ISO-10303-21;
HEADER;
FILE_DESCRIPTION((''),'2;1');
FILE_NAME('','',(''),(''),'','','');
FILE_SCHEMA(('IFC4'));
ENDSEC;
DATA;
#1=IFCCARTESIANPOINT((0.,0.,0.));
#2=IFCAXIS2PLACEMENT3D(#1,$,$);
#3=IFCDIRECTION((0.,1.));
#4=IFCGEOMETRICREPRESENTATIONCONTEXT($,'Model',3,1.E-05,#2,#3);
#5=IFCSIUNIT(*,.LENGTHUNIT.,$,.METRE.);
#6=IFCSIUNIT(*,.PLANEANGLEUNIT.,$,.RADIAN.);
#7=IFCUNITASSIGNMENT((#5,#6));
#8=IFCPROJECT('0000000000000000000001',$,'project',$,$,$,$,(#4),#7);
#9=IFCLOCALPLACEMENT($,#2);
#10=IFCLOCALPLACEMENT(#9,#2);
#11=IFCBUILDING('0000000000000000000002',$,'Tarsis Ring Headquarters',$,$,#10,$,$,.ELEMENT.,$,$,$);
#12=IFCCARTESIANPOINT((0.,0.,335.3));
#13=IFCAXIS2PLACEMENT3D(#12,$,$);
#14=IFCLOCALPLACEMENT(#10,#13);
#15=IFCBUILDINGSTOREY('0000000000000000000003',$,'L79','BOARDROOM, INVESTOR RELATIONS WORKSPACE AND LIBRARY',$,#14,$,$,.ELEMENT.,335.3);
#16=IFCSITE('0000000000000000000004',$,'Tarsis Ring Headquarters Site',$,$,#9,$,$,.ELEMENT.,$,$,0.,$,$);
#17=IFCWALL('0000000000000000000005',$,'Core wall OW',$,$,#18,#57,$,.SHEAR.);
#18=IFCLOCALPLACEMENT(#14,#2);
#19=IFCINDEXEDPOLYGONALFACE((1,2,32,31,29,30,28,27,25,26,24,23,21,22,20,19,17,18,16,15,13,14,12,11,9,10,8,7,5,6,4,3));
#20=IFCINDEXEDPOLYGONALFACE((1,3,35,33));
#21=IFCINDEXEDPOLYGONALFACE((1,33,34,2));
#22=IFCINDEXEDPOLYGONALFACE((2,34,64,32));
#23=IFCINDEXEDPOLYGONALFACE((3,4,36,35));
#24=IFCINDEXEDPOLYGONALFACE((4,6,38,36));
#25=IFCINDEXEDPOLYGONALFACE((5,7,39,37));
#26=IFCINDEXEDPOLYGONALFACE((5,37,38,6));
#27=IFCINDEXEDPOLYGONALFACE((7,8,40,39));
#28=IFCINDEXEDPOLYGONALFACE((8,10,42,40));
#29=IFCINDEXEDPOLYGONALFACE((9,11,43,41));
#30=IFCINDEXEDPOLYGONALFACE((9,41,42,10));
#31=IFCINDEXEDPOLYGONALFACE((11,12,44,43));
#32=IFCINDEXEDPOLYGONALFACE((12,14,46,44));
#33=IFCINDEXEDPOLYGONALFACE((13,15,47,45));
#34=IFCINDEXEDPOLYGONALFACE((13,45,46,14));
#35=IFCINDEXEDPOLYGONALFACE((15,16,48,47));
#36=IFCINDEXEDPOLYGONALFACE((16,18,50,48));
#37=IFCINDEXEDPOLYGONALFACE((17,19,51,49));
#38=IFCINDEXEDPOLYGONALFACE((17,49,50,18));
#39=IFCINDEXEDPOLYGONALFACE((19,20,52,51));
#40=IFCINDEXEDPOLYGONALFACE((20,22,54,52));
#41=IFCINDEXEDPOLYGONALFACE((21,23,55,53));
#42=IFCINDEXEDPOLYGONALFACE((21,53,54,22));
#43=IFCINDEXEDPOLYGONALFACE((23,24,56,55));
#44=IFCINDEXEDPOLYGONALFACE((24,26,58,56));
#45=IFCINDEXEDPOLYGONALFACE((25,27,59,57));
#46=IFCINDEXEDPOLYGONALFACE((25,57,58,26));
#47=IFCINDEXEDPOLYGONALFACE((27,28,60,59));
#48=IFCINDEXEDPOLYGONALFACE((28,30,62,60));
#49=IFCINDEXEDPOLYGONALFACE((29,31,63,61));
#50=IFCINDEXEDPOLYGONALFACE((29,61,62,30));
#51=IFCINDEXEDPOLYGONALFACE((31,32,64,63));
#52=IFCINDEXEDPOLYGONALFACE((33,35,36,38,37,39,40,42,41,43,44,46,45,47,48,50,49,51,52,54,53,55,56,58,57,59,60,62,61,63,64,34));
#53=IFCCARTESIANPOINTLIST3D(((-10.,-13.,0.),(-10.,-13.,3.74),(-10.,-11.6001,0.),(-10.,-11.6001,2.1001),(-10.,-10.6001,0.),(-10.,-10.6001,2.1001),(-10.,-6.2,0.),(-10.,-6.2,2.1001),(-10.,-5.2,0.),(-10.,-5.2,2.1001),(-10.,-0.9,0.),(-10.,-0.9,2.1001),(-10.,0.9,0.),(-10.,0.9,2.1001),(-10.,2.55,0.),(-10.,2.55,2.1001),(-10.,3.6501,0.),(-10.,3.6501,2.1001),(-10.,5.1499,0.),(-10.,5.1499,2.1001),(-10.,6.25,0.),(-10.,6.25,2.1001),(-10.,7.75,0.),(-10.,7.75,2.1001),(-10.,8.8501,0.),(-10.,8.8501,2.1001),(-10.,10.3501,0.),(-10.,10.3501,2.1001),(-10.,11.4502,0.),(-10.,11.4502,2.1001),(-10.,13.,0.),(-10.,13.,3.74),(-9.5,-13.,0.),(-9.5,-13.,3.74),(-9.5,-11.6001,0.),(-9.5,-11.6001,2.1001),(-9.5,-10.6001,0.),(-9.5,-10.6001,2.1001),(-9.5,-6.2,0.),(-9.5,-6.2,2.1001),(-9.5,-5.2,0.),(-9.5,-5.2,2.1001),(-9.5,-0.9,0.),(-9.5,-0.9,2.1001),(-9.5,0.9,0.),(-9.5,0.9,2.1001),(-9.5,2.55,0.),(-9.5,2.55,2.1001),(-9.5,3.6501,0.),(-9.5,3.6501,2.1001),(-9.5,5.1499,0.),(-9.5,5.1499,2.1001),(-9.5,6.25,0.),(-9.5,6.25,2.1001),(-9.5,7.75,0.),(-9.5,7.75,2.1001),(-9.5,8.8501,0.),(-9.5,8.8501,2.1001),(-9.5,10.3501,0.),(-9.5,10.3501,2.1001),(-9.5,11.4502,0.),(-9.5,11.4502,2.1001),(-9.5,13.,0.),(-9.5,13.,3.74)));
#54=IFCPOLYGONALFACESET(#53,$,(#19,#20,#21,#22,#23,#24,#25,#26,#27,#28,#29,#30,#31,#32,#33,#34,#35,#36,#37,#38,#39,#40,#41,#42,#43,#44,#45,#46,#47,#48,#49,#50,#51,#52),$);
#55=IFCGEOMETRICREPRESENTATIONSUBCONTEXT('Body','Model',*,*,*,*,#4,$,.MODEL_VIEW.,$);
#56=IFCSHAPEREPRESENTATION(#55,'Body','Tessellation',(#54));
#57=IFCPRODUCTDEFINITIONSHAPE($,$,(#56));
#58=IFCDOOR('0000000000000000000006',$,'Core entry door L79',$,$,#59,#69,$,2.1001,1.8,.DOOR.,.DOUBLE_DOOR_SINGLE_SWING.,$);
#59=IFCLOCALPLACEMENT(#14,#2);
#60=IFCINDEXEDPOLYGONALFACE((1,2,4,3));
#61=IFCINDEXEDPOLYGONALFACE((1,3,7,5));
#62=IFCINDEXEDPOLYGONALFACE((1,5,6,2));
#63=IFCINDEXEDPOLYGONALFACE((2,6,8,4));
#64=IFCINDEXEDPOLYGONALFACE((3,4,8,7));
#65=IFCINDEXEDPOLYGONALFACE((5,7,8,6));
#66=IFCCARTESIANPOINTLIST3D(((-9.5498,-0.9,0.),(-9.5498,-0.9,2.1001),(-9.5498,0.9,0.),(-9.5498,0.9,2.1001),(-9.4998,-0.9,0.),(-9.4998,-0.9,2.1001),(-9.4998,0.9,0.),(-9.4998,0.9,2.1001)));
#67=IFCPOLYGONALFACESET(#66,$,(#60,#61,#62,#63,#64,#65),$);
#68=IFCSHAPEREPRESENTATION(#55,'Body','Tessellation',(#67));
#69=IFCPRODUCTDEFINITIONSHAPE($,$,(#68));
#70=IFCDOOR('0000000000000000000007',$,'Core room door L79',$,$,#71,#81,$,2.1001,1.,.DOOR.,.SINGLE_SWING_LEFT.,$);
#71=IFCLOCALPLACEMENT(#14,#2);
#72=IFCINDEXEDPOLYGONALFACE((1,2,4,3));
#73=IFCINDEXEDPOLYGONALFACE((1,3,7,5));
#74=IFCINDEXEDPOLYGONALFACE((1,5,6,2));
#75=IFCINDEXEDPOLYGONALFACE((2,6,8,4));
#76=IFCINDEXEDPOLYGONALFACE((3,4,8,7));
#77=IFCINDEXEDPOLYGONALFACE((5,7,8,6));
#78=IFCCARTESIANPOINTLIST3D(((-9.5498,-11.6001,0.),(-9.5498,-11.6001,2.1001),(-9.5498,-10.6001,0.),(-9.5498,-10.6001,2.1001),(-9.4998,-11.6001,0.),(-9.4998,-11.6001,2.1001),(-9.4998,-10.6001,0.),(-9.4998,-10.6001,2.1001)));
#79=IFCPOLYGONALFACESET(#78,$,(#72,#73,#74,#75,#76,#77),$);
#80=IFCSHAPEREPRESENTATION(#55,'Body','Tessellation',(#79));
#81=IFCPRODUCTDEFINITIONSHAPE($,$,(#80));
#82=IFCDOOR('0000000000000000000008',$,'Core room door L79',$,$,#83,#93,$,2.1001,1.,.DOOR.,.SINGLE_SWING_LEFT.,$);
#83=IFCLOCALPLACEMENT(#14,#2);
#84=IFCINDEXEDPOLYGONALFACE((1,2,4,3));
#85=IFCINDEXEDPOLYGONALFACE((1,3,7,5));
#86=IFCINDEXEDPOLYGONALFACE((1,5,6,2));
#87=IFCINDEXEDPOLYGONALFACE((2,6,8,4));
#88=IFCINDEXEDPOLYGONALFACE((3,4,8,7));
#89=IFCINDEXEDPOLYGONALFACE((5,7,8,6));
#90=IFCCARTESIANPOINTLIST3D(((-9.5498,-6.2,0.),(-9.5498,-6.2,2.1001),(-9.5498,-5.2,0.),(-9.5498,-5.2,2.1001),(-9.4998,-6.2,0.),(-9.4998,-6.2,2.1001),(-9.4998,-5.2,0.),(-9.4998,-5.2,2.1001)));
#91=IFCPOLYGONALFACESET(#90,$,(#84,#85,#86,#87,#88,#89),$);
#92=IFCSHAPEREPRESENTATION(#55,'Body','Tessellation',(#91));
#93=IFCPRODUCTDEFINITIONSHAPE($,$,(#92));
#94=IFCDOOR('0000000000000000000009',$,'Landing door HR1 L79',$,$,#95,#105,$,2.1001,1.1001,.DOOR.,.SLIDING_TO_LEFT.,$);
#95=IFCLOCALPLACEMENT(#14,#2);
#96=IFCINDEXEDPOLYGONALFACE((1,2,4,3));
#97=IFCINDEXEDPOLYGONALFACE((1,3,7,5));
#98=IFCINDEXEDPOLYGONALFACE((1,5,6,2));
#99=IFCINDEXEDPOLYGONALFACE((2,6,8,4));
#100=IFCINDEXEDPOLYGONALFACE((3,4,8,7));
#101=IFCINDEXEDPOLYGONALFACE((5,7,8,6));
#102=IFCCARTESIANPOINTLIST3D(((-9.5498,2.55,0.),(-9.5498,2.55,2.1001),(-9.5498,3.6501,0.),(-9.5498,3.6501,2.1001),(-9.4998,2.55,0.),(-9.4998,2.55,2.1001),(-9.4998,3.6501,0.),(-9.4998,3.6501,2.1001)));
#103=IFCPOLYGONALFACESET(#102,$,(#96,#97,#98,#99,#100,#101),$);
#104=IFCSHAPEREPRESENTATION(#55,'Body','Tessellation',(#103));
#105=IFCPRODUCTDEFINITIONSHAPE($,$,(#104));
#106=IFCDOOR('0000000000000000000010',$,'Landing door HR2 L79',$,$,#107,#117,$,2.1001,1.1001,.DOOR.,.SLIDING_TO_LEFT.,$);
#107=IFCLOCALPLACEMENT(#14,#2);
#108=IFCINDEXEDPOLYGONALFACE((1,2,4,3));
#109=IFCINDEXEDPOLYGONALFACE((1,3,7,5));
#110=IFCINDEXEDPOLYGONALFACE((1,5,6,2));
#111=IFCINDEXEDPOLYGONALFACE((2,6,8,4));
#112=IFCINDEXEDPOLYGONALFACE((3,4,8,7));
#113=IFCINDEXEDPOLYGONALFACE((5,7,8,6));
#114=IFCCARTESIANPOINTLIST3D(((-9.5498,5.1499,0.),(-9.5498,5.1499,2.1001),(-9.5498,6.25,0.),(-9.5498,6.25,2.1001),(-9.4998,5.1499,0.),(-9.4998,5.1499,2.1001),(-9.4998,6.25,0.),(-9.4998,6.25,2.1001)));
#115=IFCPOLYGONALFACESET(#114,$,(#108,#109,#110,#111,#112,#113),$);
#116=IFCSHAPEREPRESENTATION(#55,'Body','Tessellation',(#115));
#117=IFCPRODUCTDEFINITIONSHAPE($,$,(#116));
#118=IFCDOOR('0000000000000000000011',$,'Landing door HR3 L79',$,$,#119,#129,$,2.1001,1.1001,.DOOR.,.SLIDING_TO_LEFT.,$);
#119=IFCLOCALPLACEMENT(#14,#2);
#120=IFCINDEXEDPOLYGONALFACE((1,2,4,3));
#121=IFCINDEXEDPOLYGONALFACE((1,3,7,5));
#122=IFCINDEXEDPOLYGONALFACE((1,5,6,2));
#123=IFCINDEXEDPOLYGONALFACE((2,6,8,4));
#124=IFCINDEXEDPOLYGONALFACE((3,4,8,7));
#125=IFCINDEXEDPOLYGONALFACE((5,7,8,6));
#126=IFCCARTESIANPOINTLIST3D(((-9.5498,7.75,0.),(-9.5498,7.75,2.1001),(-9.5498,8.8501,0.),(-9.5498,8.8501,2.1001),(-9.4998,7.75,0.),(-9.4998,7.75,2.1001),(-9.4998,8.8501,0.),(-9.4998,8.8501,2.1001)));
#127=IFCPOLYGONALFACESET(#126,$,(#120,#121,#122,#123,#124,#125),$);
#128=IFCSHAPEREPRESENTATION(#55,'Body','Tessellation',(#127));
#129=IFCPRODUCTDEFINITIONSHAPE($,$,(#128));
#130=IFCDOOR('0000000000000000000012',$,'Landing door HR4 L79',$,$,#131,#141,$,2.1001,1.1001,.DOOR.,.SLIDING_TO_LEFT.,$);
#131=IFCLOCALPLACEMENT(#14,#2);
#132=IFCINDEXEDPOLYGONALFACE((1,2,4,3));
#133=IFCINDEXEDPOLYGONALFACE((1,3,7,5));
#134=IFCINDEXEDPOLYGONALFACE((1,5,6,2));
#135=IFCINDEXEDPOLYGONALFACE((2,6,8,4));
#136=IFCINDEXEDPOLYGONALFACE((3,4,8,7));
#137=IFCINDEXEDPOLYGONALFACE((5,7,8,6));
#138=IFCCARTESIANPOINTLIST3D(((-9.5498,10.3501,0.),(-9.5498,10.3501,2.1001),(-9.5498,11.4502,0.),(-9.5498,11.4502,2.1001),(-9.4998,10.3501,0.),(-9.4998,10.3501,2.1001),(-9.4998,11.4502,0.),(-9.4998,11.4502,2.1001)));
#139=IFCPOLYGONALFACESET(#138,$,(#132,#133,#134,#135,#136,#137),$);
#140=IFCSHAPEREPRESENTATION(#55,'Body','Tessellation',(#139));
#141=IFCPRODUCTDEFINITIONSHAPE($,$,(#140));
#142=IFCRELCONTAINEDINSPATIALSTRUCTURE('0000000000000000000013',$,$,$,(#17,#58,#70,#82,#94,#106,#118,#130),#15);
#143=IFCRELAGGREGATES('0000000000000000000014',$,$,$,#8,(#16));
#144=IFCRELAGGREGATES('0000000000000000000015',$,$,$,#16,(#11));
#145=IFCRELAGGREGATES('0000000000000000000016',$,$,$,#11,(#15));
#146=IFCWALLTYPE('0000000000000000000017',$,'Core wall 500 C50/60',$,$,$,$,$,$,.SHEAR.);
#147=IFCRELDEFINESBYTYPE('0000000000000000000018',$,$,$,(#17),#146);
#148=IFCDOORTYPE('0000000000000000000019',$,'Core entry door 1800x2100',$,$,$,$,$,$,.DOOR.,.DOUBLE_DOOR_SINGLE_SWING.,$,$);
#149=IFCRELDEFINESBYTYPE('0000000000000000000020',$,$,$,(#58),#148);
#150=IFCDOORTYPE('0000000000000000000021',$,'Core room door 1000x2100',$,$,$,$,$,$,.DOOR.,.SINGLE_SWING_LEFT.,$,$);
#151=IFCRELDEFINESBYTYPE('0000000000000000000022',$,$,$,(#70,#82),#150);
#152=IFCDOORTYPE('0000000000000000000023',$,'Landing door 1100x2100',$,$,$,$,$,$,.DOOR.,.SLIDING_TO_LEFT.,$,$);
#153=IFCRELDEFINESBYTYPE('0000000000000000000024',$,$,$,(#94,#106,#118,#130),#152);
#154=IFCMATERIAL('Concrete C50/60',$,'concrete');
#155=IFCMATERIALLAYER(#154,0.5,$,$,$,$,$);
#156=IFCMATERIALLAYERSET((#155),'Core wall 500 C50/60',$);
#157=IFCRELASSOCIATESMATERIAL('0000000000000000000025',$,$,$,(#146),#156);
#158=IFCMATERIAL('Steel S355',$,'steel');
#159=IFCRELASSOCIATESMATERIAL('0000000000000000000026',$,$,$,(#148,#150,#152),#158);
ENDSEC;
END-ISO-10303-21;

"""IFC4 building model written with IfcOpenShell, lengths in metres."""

from ifc_helpers import new_model, si_unit, direction, frame, frame_2d, origin, place, context, subcontext, project, spatial, rectangle, extrude, material, layer, layer_set, type_object, element, fill, save


model = new_model("IFC4")

# Units and contexts
model_context = context("Model", 3, precision=1e-05, world=origin(), true_north=direction((0.0, 1.0)))
body_context = subcontext(model_context, "Body", "Model", "MODEL_VIEW")
ifc_project = project(units=[si_unit("LENGTHUNIT", "METRE"), si_unit("PLANEANGLEUNIT", "RADIAN")], contexts=[model_context])

# Site, building, storey
site_placement = place(None, origin())
site = spatial("IfcSite", under=ifc_project, at=site_placement, Name="Tarsis Ring Headquarters Site", CompositionType="ELEMENT", RefElevation=0.0)
building_placement = place(site_placement, origin())
building = spatial("IfcBuilding", under=site, at=building_placement, Name="Tarsis Ring Headquarters", CompositionType="ELEMENT")
storey_placement = place(building_placement, frame((0.0, 0.0, 335.3)))
storey = spatial("IfcBuildingStorey", under=building, at=storey_placement, Name="L79", Description="BOARDROOM, INVESTOR RELATIONS WORKSPACE AND LIBRARY", CompositionType="ELEMENT", Elevation=335.3)

# Wall, openings, doors
ifc_material_1 = material(Name="Concrete C50/60", Category="concrete")
ifc_layer_1 = layer(ifc_material_1, 0.5)
ifc_layer_set_1 = layer_set([ifc_layer_1], Name="Core wall 500 C50/60")
wall_type_1 = type_object("IfcWallType", Name="Core wall 500 C50/60", PredefinedType="SHEAR", material=ifc_layer_set_1)
wall_1_placement = place(storey_placement, frame((-9.75, -13.0, 0.0), z_axis=(0.0, 0.0, 1.0), x_axis=(0.0, 1.0, 0.0)))
wall_1 = element("IfcWall", 1, at=wall_1_placement, inside=storey, type_object=wall_type_1, Name="Core wall OW", PredefinedType="SHEAR", context=body_context, shape_type="SweptSolid", body=[
    extrude(rectangle(XDim=26.0, YDim=0.5, at=frame_2d((13.0, 0.0))), origin(), (0.0, 0.0, 1.0), 3.74),
])
opening_1_placement = place(wall_1_placement, frame((1.3999, 0.0, 0.0)))
opening_1 = element("IfcOpeningElement", 2, at=opening_1_placement, cuts=wall_1, PredefinedType="OPENING", context=body_context, shape_type="SweptSolid", body=[
    extrude(rectangle(XDim=1.0, YDim=2.1001, at=frame_2d((0.5, 1.05))), frame((0.0, 0.26, 0.0), z_axis=(0.0, -1.0, 0.0), x_axis=(1.0, 0.0, 0.0)), (0.0, 0.0, 1.0), 0.52),
])
opening_2_placement = place(wall_1_placement, frame((6.8, 0.0, 0.0)))
opening_2 = element("IfcOpeningElement", 3, at=opening_2_placement, cuts=wall_1, PredefinedType="OPENING", context=body_context, shape_type="SweptSolid", body=[
    extrude(rectangle(XDim=1.0, YDim=2.1001, at=frame_2d((0.5, 1.05))), frame((0.0, 0.26, 0.0), z_axis=(0.0, -1.0, 0.0), x_axis=(1.0, 0.0, 0.0)), (0.0, 0.0, 1.0), 0.52),
])
opening_3_placement = place(wall_1_placement, frame((12.1001, 0.0, 0.0)))
opening_3 = element("IfcOpeningElement", 4, at=opening_3_placement, cuts=wall_1, PredefinedType="OPENING", context=body_context, shape_type="SweptSolid", body=[
    extrude(rectangle(XDim=1.8, YDim=2.1001, at=frame_2d((0.8999, 1.05))), frame((0.0, 0.26, 0.0), z_axis=(0.0, -1.0, 0.0), x_axis=(1.0, 0.0, 0.0)), (0.0, 0.0, 1.0), 0.52),
])
opening_4_placement = place(wall_1_placement, frame((15.55, 0.0, 0.0)))
opening_4 = element("IfcOpeningElement", 5, at=opening_4_placement, cuts=wall_1, PredefinedType="OPENING", context=body_context, shape_type="SweptSolid", body=[
    extrude(rectangle(XDim=1.1001, YDim=2.1001, at=frame_2d((0.55, 1.05))), frame((0.0, 0.26, 0.0), z_axis=(0.0, -1.0, 0.0), x_axis=(1.0, 0.0, 0.0)), (0.0, 0.0, 1.0), 0.52),
])
opening_5_placement = place(wall_1_placement, frame((18.1499, 0.0, 0.0)))
opening_5 = element("IfcOpeningElement", 6, at=opening_5_placement, cuts=wall_1, PredefinedType="OPENING", context=body_context, shape_type="SweptSolid", body=[
    extrude(rectangle(XDim=1.1001, YDim=2.1001, at=frame_2d((0.55, 1.05))), frame((0.0, 0.26, 0.0), z_axis=(0.0, -1.0, 0.0), x_axis=(1.0, 0.0, 0.0)), (0.0, 0.0, 1.0), 0.52),
])
opening_6_placement = place(wall_1_placement, frame((20.75, 0.0, 0.0)))
opening_6 = element("IfcOpeningElement", 7, at=opening_6_placement, cuts=wall_1, PredefinedType="OPENING", context=body_context, shape_type="SweptSolid", body=[
    extrude(rectangle(XDim=1.1001, YDim=2.1001, at=frame_2d((0.55, 1.05))), frame((0.0, 0.26, 0.0), z_axis=(0.0, -1.0, 0.0), x_axis=(1.0, 0.0, 0.0)), (0.0, 0.0, 1.0), 0.52),
])
opening_7_placement = place(wall_1_placement, frame((23.3501, 0.0, 0.0)))
opening_7 = element("IfcOpeningElement", 8, at=opening_7_placement, cuts=wall_1, PredefinedType="OPENING", context=body_context, shape_type="SweptSolid", body=[
    extrude(rectangle(XDim=1.1001, YDim=2.1001, at=frame_2d((0.55, 1.05))), frame((0.0, 0.26, 0.0), z_axis=(0.0, -1.0, 0.0), x_axis=(1.0, 0.0, 0.0)), (0.0, 0.0, 1.0), 0.52),
])
ifc_material_2 = material(Name="Steel S355", Category="steel")
door_type_1 = type_object("IfcDoorType", Name="Core entry door 1800x2100", OperationType="DOUBLE_DOOR_SINGLE_SWING", PredefinedType="DOOR", material=ifc_material_2)
door_1_placement = place(opening_3_placement, origin())
door_1 = element("IfcDoor", 9, at=door_1_placement, inside=storey, type_object=door_type_1, Name="Core entry door L79", OperationType="DOUBLE_DOOR_SINGLE_SWING", OverallHeight=2.1001, OverallWidth=1.8, PredefinedType="DOOR", context=body_context, shape_type="SweptSolid", body=[
    extrude(rectangle(XDim=1.8, YDim=2.1001, at=frame_2d((0.8999, 1.05))), frame((0.0, -0.2002, 0.0), z_axis=(0.0, -1.0, 0.0), x_axis=(1.0, 0.0, 0.0)), (0.0, 0.0, 1.0), 0.05),
])
fill(opening_3, door_1)
door_type_2 = type_object("IfcDoorType", Name="Core room door 1000x2100", OperationType="SINGLE_SWING_LEFT", PredefinedType="DOOR", material=ifc_material_2)
door_2_placement = place(opening_1_placement, origin())
door_2 = element("IfcDoor", 10, at=door_2_placement, inside=storey, type_object=door_type_2, Name="Core room door L79", OperationType="SINGLE_SWING_LEFT", OverallHeight=2.1001, OverallWidth=1.0, PredefinedType="DOOR", context=body_context, shape_type="SweptSolid", body=[
    extrude(rectangle(XDim=1.0, YDim=2.1001, at=frame_2d((0.5, 1.05))), frame((0.0, -0.2002, 0.0), z_axis=(0.0, -1.0, 0.0), x_axis=(1.0, 0.0, 0.0)), (0.0, 0.0, 1.0), 0.05),
])
fill(opening_1, door_2)
door_3_placement = place(opening_2_placement, origin())
door_3 = element("IfcDoor", 11, at=door_3_placement, inside=storey, type_object=door_type_2, Name="Core room door L79", OperationType="SINGLE_SWING_LEFT", OverallHeight=2.1001, OverallWidth=1.0, PredefinedType="DOOR", context=body_context, shape_type="SweptSolid", body=[
    extrude(rectangle(XDim=1.0, YDim=2.1001, at=frame_2d((0.5, 1.05))), frame((0.0, -0.2002, 0.0), z_axis=(0.0, -1.0, 0.0), x_axis=(1.0, 0.0, 0.0)), (0.0, 0.0, 1.0), 0.05),
])
fill(opening_2, door_3)
door_type_3 = type_object("IfcDoorType", Name="Landing door 1100x2100", OperationType="SLIDING_TO_LEFT", PredefinedType="DOOR", material=ifc_material_2)
door_4_placement = place(opening_4_placement, origin())
door_4 = element("IfcDoor", 12, at=door_4_placement, inside=storey, type_object=door_type_3, Name="Landing door HR1 L79", OperationType="SLIDING_TO_LEFT", OverallHeight=2.1001, OverallWidth=1.1001, PredefinedType="DOOR", context=body_context, shape_type="SweptSolid", body=[
    extrude(rectangle(XDim=1.1001, YDim=2.1001, at=frame_2d((0.55, 1.05))), frame((0.0, -0.2002, 0.0), z_axis=(0.0, -1.0, 0.0), x_axis=(1.0, 0.0, 0.0)), (0.0, 0.0, 1.0), 0.05),
])
fill(opening_4, door_4)
door_5_placement = place(opening_5_placement, origin())
door_5 = element("IfcDoor", 13, at=door_5_placement, inside=storey, type_object=door_type_3, Name="Landing door HR2 L79", OperationType="SLIDING_TO_LEFT", OverallHeight=2.1001, OverallWidth=1.1001, PredefinedType="DOOR", context=body_context, shape_type="SweptSolid", body=[
    extrude(rectangle(XDim=1.1001, YDim=2.1001, at=frame_2d((0.55, 1.05))), frame((0.0, -0.2002, 0.0), z_axis=(0.0, -1.0, 0.0), x_axis=(1.0, 0.0, 0.0)), (0.0, 0.0, 1.0), 0.05),
])
fill(opening_5, door_5)
door_6_placement = place(opening_6_placement, origin())
door_6 = element("IfcDoor", 14, at=door_6_placement, inside=storey, type_object=door_type_3, Name="Landing door HR3 L79", OperationType="SLIDING_TO_LEFT", OverallHeight=2.1001, OverallWidth=1.1001, PredefinedType="DOOR", context=body_context, shape_type="SweptSolid", body=[
    extrude(rectangle(XDim=1.1001, YDim=2.1001, at=frame_2d((0.55, 1.05))), frame((0.0, -0.2002, 0.0), z_axis=(0.0, -1.0, 0.0), x_axis=(1.0, 0.0, 0.0)), (0.0, 0.0, 1.0), 0.05),
])
fill(opening_6, door_6)
door_7_placement = place(opening_7_placement, origin())
door_7 = element("IfcDoor", 15, at=door_7_placement, inside=storey, type_object=door_type_3, Name="Landing door HR4 L79", OperationType="SLIDING_TO_LEFT", OverallHeight=2.1001, OverallWidth=1.1001, PredefinedType="DOOR", context=body_context, shape_type="SweptSolid", body=[
    extrude(rectangle(XDim=1.1001, YDim=2.1001, at=frame_2d((0.55, 1.05))), frame((0.0, -0.2002, 0.0), z_axis=(0.0, -1.0, 0.0), x_axis=(1.0, 0.0, 0.0)), (0.0, 0.0, 1.0), 0.05),
])
fill(opening_7, door_7)

save(model, "model.ifc")
